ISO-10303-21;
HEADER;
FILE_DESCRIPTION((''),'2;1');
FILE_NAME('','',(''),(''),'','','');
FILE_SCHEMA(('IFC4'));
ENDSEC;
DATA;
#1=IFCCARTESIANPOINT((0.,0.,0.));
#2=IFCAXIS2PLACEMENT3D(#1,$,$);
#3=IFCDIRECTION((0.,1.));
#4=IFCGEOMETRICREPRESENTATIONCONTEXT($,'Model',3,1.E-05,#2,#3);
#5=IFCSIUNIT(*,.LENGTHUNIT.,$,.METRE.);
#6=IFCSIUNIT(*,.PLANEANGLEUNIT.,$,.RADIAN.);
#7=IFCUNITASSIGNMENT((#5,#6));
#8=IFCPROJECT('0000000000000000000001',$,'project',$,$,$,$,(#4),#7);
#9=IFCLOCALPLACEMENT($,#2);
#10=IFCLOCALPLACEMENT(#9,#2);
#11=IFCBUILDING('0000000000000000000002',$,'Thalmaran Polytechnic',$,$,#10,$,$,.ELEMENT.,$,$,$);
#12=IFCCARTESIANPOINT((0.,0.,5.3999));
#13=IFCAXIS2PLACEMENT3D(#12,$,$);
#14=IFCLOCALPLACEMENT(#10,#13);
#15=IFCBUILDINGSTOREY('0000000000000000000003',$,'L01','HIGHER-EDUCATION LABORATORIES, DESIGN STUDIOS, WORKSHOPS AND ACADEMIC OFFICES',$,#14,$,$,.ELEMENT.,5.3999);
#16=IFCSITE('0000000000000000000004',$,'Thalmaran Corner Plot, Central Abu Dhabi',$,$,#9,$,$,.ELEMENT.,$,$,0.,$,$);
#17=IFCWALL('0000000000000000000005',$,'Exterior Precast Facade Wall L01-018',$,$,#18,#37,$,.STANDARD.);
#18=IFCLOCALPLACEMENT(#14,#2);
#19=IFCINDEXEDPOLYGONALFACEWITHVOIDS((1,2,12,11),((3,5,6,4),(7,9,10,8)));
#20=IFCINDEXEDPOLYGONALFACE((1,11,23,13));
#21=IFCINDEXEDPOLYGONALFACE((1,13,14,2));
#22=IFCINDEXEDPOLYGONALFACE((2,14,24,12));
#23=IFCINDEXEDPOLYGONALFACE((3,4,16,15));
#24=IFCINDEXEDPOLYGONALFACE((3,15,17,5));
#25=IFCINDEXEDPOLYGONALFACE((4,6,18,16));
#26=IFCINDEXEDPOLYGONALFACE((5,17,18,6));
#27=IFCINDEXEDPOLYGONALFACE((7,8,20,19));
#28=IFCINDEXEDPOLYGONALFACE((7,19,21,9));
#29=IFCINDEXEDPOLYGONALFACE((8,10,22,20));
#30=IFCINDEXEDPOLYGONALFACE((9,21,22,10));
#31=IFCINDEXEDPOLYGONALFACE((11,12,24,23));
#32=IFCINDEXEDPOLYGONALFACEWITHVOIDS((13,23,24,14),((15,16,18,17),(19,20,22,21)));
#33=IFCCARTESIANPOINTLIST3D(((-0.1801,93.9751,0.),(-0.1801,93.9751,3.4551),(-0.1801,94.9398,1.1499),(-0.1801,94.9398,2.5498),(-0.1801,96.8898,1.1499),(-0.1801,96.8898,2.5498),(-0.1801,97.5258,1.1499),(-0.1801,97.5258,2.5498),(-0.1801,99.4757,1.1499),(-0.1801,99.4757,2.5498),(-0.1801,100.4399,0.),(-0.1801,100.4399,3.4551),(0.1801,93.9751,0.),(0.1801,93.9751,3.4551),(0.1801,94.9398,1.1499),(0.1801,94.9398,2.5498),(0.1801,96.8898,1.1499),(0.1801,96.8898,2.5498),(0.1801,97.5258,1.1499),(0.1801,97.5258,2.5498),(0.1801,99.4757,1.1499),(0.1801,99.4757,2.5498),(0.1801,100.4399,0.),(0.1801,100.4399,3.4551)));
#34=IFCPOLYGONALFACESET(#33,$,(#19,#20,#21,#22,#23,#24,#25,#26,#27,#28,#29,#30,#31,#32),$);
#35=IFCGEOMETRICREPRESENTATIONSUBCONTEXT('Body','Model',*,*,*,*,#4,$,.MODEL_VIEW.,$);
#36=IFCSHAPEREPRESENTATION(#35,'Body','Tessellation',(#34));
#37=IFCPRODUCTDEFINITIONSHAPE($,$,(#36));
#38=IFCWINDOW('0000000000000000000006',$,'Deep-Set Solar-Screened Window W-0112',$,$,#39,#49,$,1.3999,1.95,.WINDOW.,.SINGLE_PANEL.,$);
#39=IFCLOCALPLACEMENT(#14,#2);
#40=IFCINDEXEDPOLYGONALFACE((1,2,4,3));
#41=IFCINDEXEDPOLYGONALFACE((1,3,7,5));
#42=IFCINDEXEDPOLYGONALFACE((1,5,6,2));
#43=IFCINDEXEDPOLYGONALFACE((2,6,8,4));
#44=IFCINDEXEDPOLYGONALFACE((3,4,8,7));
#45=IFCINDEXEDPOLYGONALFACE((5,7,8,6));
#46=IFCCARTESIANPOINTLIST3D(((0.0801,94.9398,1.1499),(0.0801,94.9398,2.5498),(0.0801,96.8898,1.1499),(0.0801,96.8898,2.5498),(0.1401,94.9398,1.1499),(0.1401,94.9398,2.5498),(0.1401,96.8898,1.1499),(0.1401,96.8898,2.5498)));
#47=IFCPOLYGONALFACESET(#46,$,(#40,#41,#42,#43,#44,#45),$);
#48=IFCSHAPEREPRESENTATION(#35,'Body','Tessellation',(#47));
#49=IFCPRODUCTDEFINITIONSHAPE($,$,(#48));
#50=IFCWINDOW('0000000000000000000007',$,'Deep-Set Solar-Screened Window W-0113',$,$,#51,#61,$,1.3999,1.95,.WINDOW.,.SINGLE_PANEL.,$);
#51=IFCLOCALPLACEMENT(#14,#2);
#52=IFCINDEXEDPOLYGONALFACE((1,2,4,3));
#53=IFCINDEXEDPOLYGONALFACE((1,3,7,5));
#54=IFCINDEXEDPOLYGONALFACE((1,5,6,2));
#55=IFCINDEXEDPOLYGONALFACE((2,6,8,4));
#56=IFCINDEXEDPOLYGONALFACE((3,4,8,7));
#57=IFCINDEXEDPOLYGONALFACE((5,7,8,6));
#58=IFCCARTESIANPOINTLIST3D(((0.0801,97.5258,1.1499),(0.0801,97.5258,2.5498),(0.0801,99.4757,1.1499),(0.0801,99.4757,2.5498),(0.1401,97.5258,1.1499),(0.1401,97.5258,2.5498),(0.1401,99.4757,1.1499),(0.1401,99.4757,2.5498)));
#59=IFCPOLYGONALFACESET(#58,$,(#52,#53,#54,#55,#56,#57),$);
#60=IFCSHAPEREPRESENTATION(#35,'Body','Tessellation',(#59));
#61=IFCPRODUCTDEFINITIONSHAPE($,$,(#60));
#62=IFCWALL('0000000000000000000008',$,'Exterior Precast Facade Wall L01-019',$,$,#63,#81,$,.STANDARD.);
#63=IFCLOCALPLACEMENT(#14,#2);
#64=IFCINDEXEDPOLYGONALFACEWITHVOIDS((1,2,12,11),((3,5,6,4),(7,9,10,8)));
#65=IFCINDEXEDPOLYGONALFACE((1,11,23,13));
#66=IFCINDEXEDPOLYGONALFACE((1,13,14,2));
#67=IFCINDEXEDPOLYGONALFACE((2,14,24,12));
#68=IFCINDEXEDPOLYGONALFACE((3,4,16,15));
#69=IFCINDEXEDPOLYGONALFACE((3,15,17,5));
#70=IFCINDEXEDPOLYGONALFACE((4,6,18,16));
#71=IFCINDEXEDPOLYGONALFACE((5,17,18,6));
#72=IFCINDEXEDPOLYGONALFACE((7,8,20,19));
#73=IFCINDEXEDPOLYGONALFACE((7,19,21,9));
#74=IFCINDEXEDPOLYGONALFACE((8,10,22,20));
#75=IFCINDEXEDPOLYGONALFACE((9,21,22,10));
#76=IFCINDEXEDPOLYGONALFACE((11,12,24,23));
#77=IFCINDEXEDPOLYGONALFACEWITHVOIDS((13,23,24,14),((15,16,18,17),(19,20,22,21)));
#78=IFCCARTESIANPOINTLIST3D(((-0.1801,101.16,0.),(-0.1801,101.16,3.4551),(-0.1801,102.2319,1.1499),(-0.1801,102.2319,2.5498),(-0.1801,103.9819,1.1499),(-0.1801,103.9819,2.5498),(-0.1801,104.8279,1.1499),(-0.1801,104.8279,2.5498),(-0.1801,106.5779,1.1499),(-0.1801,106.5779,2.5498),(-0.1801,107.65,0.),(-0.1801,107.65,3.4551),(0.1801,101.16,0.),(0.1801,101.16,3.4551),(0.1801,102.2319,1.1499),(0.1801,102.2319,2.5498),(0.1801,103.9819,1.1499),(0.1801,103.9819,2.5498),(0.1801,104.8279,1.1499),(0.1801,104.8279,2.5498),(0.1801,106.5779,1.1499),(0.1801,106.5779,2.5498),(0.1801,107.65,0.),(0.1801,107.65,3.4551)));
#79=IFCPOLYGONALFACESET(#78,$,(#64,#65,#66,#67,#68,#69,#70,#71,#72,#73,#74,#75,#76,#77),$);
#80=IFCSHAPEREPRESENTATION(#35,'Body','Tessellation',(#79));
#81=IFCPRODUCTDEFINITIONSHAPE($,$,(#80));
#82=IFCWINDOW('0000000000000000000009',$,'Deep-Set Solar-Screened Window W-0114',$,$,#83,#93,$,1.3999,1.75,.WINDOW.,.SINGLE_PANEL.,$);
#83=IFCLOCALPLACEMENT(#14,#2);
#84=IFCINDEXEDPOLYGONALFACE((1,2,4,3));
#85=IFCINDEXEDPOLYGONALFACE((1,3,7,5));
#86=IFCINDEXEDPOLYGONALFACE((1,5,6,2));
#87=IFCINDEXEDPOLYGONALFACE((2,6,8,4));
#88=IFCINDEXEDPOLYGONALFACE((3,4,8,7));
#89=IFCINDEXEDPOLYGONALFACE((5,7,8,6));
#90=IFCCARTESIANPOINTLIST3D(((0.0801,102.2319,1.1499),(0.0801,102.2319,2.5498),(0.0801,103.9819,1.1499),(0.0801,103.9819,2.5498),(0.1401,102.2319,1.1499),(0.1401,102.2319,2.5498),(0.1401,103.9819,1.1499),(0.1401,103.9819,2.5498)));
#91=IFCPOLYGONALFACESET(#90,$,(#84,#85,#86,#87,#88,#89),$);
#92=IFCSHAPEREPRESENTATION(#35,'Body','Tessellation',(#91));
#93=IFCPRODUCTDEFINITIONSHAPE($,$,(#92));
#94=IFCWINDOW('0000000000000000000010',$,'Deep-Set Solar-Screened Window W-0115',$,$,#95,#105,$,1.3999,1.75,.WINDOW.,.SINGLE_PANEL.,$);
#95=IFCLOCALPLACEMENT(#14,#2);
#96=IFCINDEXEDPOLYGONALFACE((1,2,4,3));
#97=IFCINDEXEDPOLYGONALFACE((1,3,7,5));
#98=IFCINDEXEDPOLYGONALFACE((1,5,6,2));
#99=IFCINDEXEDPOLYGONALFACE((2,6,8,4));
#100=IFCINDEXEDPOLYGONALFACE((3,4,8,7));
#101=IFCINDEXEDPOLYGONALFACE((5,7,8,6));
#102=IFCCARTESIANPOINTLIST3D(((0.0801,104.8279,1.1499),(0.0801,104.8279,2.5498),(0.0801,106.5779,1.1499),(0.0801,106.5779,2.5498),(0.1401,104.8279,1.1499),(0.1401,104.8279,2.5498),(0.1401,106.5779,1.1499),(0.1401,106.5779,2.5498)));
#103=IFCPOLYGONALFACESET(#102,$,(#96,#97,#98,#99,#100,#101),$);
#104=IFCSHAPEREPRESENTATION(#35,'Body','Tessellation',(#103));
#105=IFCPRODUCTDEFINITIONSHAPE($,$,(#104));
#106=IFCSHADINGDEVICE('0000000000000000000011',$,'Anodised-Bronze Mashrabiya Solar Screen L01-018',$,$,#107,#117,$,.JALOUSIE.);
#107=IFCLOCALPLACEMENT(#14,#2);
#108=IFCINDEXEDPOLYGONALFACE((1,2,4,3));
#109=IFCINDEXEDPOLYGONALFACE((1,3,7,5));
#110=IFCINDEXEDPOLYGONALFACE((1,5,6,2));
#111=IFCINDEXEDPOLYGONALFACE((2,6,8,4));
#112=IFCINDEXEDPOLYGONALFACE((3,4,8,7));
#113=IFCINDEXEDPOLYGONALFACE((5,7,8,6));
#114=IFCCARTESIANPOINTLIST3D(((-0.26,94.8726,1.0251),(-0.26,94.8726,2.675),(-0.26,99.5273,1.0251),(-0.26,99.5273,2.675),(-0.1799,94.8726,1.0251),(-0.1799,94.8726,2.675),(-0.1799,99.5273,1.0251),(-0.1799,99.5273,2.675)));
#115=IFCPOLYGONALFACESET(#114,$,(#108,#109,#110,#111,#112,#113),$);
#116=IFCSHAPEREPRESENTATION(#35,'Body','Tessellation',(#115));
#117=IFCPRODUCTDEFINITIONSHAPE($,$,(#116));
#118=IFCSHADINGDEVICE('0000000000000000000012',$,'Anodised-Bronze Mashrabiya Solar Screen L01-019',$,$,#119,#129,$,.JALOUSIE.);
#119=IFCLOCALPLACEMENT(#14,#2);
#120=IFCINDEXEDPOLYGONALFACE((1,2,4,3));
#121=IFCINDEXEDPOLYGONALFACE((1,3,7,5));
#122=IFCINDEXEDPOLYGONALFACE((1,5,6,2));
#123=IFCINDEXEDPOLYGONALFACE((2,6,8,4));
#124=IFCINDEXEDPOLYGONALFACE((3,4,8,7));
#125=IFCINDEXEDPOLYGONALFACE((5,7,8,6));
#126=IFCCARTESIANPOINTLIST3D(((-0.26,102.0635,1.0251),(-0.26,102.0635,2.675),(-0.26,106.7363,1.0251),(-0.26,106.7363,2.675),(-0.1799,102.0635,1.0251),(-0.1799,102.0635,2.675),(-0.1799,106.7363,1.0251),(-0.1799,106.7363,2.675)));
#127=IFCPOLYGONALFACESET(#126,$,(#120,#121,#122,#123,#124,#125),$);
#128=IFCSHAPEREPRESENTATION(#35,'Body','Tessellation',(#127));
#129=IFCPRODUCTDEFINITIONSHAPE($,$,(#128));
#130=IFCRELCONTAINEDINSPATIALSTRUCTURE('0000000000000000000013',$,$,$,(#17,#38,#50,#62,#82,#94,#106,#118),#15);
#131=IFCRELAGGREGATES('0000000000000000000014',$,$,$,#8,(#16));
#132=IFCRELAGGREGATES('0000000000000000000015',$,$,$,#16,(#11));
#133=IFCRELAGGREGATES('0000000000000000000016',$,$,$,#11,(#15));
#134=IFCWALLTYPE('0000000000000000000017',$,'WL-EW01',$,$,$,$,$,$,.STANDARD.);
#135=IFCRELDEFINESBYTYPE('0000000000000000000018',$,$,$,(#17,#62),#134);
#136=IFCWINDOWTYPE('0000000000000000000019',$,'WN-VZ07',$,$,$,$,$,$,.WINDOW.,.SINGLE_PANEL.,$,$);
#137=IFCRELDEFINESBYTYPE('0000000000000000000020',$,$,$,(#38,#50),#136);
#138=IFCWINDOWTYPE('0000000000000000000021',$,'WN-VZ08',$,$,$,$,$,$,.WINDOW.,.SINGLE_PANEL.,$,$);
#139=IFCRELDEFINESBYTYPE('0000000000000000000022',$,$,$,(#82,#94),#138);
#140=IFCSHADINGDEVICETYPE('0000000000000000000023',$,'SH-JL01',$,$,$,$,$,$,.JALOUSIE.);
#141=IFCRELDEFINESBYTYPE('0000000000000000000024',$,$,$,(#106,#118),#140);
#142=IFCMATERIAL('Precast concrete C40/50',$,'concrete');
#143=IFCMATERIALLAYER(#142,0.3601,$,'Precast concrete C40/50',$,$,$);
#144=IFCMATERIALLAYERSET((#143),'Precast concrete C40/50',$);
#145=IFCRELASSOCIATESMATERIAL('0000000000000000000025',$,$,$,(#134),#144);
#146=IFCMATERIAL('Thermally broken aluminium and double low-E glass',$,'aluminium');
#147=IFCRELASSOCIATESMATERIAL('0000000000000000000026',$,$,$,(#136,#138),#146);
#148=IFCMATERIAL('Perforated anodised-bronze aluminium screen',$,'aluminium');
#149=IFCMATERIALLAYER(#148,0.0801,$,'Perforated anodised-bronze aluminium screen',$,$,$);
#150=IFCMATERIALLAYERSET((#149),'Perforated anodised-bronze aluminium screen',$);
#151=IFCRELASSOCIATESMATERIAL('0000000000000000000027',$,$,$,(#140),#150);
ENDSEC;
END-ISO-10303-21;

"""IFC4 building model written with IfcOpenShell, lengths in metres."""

from ifc_helpers import new_model, si_unit, direction, frame, frame_2d, origin, origin_2d, place, context, subcontext, project, spatial, rectangle, extrude, material, layer, layer_set, type_object, element, fill, save


model = new_model("IFC4")

# Units and contexts
model_context = context("Model", 3, precision=1e-05, world=origin(), true_north=direction((0.0, 1.0)))
body_context = subcontext(model_context, "Body", "Model", "MODEL_VIEW")
ifc_project = project(units=[si_unit("LENGTHUNIT", "METRE"), si_unit("PLANEANGLEUNIT", "RADIAN")], contexts=[model_context])

# Site, building, storey
site_placement = place(None, origin())
site = spatial("IfcSite", under=ifc_project, at=site_placement, Name="Thalmaran Corner Plot, Central Abu Dhabi", CompositionType="ELEMENT", RefElevation=0.0)
building_placement = place(site_placement, origin())
building = spatial("IfcBuilding", under=site, at=building_placement, Name="Thalmaran Polytechnic", CompositionType="ELEMENT")
storey_placement = place(building_placement, frame((0.0, 0.0, 5.3999)))
storey = spatial("IfcBuildingStorey", under=building, at=storey_placement, Name="L01", Description="HIGHER-EDUCATION LABORATORIES, DESIGN STUDIOS, WORKSHOPS AND ACADEMIC OFFICES", CompositionType="ELEMENT", Elevation=5.3999)

# Walls, openings, windows
ifc_material_1 = material(Name="Precast concrete C40/50", Category="concrete")
ifc_layer_1 = layer(ifc_material_1, 0.3601, Name="Precast concrete C40/50")
ifc_layer_set_1 = layer_set([ifc_layer_1], Name="Precast concrete C40/50")
wall_type = type_object("IfcWallType", Name="WL-EW01", PredefinedType="STANDARD", material=ifc_layer_set_1)
wall_1_placement = place(storey_placement, frame((0.0, 93.9751, 0.0), z_axis=(0.0, 0.0, 1.0), x_axis=(0.0, 1.0, 0.0)))
wall_1 = element("IfcWall", 1, at=wall_1_placement, inside=storey, type_object=wall_type, Name="Exterior Precast Facade Wall L01-018", PredefinedType="STANDARD", context=body_context, shape_type="SweptSolid", body=[
    extrude(rectangle(XDim=6.4648, YDim=0.3601, at=frame_2d((3.2324, 0.0))), origin(), (0.0, 0.0, 1.0), 3.4551),
])
opening_1_placement = place(wall_1_placement, frame((0.9646, 0.0, 1.1499)))
opening_1 = element("IfcOpeningElement", 2, at=opening_1_placement, cuts=wall_1, PredefinedType="OPENING", context=body_context, shape_type="SweptSolid", body=[
    extrude(rectangle(XDim=1.95, YDim=1.3999, at=frame_2d((0.9751, 0.7))), frame((0.0, 0.1899, 0.0), z_axis=(0.0, -1.0, 0.0), x_axis=(1.0, 0.0, 0.0)), (0.0, 0.0, 1.0), 0.3801),
])
opening_2_placement = place(wall_1_placement, frame((3.5505, 0.0, 1.1499)))
opening_2 = element("IfcOpeningElement", 3, at=opening_2_placement, cuts=wall_1, PredefinedType="OPENING", context=body_context, shape_type="SweptSolid", body=[
    extrude(rectangle(XDim=1.95, YDim=1.3999, at=frame_2d((0.9751, 0.7))), frame((0.0, 0.1899, 0.0), z_axis=(0.0, -1.0, 0.0), x_axis=(1.0, 0.0, 0.0)), (0.0, 0.0, 1.0), 0.3801),
])
ifc_material_2 = material(Name="Thermally broken aluminium and double low-E glass", Category="aluminium")
window_type_1 = type_object("IfcWindowType", Name="WN-VZ07", PartitioningType="SINGLE_PANEL", PredefinedType="WINDOW", material=ifc_material_2)
window_1_placement = place(opening_1_placement, origin())
window_1 = element("IfcWindow", 4, at=window_1_placement, inside=storey, type_object=window_type_1, Name="Deep-Set Solar-Screened Window W-0112", OverallHeight=1.3999, OverallWidth=1.95, PartitioningType="SINGLE_PANEL", PredefinedType="WINDOW", context=body_context, shape_type="SweptSolid", body=[
    extrude(rectangle(XDim=1.95, YDim=1.3999, at=frame_2d((0.9751, 0.7))), frame((0.0, -0.0801, 0.0), z_axis=(0.0, -1.0, 0.0), x_axis=(1.0, 0.0, 0.0)), (0.0, 0.0, 1.0), 0.0601),
])
fill(opening_1, window_1)
window_2_placement = place(opening_2_placement, origin())
window_2 = element("IfcWindow", 5, at=window_2_placement, inside=storey, type_object=window_type_1, Name="Deep-Set Solar-Screened Window W-0113", OverallHeight=1.3999, OverallWidth=1.95, PartitioningType="SINGLE_PANEL", PredefinedType="WINDOW", context=body_context, shape_type="SweptSolid", body=[
    extrude(rectangle(XDim=1.95, YDim=1.3999, at=frame_2d((0.9751, 0.7))), frame((0.0, -0.0801, 0.0), z_axis=(0.0, -1.0, 0.0), x_axis=(1.0, 0.0, 0.0)), (0.0, 0.0, 1.0), 0.0601),
])
fill(opening_2, window_2)
wall_2_placement = place(storey_placement, frame((0.0, 101.1599, 0.0), z_axis=(0.0, 0.0, 1.0), x_axis=(0.0, 1.0, 0.0)))
wall_2 = element("IfcWall", 6, at=wall_2_placement, inside=storey, type_object=wall_type, Name="Exterior Precast Facade Wall L01-019", PredefinedType="STANDARD", context=body_context, shape_type="SweptSolid", body=[
    extrude(rectangle(XDim=6.49, YDim=0.3601, at=frame_2d((3.2451, 0.0))), origin(), (0.0, 0.0, 1.0), 3.4551),
])
opening_3_placement = place(wall_2_placement, frame((1.072, 0.0, 1.1499)))
opening_3 = element("IfcOpeningElement", 7, at=opening_3_placement, cuts=wall_2, PredefinedType="OPENING", context=body_context, shape_type="SweptSolid", body=[
    extrude(rectangle(XDim=1.75, YDim=1.3999, at=frame_2d((0.875, 0.7))), frame((0.0, 0.1899, 0.0), z_axis=(0.0, -1.0, 0.0), x_axis=(1.0, 0.0, 0.0)), (0.0, 0.0, 1.0), 0.3801),
])
opening_4_placement = place(wall_2_placement, frame((3.668, 0.0, 1.1499)))
opening_4 = element("IfcOpeningElement", 8, at=opening_4_placement, cuts=wall_2, PredefinedType="OPENING", context=body_context, shape_type="SweptSolid", body=[
    extrude(rectangle(XDim=1.75, YDim=1.3999, at=frame_2d((0.875, 0.7))), frame((0.0, 0.1899, 0.0), z_axis=(0.0, -1.0, 0.0), x_axis=(1.0, 0.0, 0.0)), (0.0, 0.0, 1.0), 0.3801),
])
window_type_2 = type_object("IfcWindowType", Name="WN-VZ08", PartitioningType="SINGLE_PANEL", PredefinedType="WINDOW", material=ifc_material_2)
window_3_placement = place(opening_3_placement, origin())
window_3 = element("IfcWindow", 9, at=window_3_placement, inside=storey, type_object=window_type_2, Name="Deep-Set Solar-Screened Window W-0114", OverallHeight=1.3999, OverallWidth=1.75, PartitioningType="SINGLE_PANEL", PredefinedType="WINDOW", context=body_context, shape_type="SweptSolid", body=[
    extrude(rectangle(XDim=1.75, YDim=1.3999, at=frame_2d((0.875, 0.7))), frame((0.0, -0.0801, 0.0), z_axis=(0.0, -1.0, 0.0), x_axis=(1.0, 0.0, 0.0)), (0.0, 0.0, 1.0), 0.0601),
])
fill(opening_3, window_3)
window_4_placement = place(opening_4_placement, origin())
window_4 = element("IfcWindow", 10, at=window_4_placement, inside=storey, type_object=window_type_2, Name="Deep-Set Solar-Screened Window W-0115", OverallHeight=1.3999, OverallWidth=1.75, PartitioningType="SINGLE_PANEL", PredefinedType="WINDOW", context=body_context, shape_type="SweptSolid", body=[
    extrude(rectangle(XDim=1.75, YDim=1.3999, at=frame_2d((0.875, 0.7))), frame((0.0, -0.0801, 0.0), z_axis=(0.0, -1.0, 0.0), x_axis=(1.0, 0.0, 0.0)), (0.0, 0.0, 1.0), 0.0601),
])
fill(opening_4, window_4)

# Shading devices
ifc_material_3 = material(Name="Perforated anodised-bronze aluminium screen", Category="aluminium")
ifc_layer_2 = layer(ifc_material_3, 0.0801, Name="Perforated anodised-bronze aluminium screen")
ifc_layer_set_2 = layer_set([ifc_layer_2], Name="Perforated anodised-bronze aluminium screen")
shading_device_type = type_object("IfcShadingDeviceType", Name="SH-JL01", PredefinedType="JALOUSIE", material=ifc_layer_set_2)
shading_device_1_placement = place(storey_placement, frame((-0.22, 97.2, 1.0251), z_axis=(0.0, 0.0, 1.0), x_axis=(0.0, 1.0, 0.0)))
element("IfcShadingDevice", 11, at=shading_device_1_placement, inside=storey, type_object=shading_device_type, Name="Anodised-Bronze Mashrabiya Solar Screen L01-018", PredefinedType="JALOUSIE", context=body_context, shape_type="SweptSolid", body=[
    extrude(rectangle(XDim=4.6548, YDim=0.0801, at=origin_2d()), origin(), (0.0, 0.0, 1.0), 1.6499),
])
shading_device_2_placement = place(storey_placement, frame((-0.22, 104.3999, 1.0251), z_axis=(0.0, 0.0, 1.0), x_axis=(0.0, 1.0, 0.0)))
element("IfcShadingDevice", 12, at=shading_device_2_placement, inside=storey, type_object=shading_device_type, Name="Anodised-Bronze Mashrabiya Solar Screen L01-019", PredefinedType="JALOUSIE", context=body_context, shape_type="SweptSolid", body=[
    extrude(rectangle(XDim=4.6729, YDim=0.0801, at=origin_2d()), origin(), (0.0, 0.0, 1.0), 1.6499),
])

save(model, "model.ifc")
